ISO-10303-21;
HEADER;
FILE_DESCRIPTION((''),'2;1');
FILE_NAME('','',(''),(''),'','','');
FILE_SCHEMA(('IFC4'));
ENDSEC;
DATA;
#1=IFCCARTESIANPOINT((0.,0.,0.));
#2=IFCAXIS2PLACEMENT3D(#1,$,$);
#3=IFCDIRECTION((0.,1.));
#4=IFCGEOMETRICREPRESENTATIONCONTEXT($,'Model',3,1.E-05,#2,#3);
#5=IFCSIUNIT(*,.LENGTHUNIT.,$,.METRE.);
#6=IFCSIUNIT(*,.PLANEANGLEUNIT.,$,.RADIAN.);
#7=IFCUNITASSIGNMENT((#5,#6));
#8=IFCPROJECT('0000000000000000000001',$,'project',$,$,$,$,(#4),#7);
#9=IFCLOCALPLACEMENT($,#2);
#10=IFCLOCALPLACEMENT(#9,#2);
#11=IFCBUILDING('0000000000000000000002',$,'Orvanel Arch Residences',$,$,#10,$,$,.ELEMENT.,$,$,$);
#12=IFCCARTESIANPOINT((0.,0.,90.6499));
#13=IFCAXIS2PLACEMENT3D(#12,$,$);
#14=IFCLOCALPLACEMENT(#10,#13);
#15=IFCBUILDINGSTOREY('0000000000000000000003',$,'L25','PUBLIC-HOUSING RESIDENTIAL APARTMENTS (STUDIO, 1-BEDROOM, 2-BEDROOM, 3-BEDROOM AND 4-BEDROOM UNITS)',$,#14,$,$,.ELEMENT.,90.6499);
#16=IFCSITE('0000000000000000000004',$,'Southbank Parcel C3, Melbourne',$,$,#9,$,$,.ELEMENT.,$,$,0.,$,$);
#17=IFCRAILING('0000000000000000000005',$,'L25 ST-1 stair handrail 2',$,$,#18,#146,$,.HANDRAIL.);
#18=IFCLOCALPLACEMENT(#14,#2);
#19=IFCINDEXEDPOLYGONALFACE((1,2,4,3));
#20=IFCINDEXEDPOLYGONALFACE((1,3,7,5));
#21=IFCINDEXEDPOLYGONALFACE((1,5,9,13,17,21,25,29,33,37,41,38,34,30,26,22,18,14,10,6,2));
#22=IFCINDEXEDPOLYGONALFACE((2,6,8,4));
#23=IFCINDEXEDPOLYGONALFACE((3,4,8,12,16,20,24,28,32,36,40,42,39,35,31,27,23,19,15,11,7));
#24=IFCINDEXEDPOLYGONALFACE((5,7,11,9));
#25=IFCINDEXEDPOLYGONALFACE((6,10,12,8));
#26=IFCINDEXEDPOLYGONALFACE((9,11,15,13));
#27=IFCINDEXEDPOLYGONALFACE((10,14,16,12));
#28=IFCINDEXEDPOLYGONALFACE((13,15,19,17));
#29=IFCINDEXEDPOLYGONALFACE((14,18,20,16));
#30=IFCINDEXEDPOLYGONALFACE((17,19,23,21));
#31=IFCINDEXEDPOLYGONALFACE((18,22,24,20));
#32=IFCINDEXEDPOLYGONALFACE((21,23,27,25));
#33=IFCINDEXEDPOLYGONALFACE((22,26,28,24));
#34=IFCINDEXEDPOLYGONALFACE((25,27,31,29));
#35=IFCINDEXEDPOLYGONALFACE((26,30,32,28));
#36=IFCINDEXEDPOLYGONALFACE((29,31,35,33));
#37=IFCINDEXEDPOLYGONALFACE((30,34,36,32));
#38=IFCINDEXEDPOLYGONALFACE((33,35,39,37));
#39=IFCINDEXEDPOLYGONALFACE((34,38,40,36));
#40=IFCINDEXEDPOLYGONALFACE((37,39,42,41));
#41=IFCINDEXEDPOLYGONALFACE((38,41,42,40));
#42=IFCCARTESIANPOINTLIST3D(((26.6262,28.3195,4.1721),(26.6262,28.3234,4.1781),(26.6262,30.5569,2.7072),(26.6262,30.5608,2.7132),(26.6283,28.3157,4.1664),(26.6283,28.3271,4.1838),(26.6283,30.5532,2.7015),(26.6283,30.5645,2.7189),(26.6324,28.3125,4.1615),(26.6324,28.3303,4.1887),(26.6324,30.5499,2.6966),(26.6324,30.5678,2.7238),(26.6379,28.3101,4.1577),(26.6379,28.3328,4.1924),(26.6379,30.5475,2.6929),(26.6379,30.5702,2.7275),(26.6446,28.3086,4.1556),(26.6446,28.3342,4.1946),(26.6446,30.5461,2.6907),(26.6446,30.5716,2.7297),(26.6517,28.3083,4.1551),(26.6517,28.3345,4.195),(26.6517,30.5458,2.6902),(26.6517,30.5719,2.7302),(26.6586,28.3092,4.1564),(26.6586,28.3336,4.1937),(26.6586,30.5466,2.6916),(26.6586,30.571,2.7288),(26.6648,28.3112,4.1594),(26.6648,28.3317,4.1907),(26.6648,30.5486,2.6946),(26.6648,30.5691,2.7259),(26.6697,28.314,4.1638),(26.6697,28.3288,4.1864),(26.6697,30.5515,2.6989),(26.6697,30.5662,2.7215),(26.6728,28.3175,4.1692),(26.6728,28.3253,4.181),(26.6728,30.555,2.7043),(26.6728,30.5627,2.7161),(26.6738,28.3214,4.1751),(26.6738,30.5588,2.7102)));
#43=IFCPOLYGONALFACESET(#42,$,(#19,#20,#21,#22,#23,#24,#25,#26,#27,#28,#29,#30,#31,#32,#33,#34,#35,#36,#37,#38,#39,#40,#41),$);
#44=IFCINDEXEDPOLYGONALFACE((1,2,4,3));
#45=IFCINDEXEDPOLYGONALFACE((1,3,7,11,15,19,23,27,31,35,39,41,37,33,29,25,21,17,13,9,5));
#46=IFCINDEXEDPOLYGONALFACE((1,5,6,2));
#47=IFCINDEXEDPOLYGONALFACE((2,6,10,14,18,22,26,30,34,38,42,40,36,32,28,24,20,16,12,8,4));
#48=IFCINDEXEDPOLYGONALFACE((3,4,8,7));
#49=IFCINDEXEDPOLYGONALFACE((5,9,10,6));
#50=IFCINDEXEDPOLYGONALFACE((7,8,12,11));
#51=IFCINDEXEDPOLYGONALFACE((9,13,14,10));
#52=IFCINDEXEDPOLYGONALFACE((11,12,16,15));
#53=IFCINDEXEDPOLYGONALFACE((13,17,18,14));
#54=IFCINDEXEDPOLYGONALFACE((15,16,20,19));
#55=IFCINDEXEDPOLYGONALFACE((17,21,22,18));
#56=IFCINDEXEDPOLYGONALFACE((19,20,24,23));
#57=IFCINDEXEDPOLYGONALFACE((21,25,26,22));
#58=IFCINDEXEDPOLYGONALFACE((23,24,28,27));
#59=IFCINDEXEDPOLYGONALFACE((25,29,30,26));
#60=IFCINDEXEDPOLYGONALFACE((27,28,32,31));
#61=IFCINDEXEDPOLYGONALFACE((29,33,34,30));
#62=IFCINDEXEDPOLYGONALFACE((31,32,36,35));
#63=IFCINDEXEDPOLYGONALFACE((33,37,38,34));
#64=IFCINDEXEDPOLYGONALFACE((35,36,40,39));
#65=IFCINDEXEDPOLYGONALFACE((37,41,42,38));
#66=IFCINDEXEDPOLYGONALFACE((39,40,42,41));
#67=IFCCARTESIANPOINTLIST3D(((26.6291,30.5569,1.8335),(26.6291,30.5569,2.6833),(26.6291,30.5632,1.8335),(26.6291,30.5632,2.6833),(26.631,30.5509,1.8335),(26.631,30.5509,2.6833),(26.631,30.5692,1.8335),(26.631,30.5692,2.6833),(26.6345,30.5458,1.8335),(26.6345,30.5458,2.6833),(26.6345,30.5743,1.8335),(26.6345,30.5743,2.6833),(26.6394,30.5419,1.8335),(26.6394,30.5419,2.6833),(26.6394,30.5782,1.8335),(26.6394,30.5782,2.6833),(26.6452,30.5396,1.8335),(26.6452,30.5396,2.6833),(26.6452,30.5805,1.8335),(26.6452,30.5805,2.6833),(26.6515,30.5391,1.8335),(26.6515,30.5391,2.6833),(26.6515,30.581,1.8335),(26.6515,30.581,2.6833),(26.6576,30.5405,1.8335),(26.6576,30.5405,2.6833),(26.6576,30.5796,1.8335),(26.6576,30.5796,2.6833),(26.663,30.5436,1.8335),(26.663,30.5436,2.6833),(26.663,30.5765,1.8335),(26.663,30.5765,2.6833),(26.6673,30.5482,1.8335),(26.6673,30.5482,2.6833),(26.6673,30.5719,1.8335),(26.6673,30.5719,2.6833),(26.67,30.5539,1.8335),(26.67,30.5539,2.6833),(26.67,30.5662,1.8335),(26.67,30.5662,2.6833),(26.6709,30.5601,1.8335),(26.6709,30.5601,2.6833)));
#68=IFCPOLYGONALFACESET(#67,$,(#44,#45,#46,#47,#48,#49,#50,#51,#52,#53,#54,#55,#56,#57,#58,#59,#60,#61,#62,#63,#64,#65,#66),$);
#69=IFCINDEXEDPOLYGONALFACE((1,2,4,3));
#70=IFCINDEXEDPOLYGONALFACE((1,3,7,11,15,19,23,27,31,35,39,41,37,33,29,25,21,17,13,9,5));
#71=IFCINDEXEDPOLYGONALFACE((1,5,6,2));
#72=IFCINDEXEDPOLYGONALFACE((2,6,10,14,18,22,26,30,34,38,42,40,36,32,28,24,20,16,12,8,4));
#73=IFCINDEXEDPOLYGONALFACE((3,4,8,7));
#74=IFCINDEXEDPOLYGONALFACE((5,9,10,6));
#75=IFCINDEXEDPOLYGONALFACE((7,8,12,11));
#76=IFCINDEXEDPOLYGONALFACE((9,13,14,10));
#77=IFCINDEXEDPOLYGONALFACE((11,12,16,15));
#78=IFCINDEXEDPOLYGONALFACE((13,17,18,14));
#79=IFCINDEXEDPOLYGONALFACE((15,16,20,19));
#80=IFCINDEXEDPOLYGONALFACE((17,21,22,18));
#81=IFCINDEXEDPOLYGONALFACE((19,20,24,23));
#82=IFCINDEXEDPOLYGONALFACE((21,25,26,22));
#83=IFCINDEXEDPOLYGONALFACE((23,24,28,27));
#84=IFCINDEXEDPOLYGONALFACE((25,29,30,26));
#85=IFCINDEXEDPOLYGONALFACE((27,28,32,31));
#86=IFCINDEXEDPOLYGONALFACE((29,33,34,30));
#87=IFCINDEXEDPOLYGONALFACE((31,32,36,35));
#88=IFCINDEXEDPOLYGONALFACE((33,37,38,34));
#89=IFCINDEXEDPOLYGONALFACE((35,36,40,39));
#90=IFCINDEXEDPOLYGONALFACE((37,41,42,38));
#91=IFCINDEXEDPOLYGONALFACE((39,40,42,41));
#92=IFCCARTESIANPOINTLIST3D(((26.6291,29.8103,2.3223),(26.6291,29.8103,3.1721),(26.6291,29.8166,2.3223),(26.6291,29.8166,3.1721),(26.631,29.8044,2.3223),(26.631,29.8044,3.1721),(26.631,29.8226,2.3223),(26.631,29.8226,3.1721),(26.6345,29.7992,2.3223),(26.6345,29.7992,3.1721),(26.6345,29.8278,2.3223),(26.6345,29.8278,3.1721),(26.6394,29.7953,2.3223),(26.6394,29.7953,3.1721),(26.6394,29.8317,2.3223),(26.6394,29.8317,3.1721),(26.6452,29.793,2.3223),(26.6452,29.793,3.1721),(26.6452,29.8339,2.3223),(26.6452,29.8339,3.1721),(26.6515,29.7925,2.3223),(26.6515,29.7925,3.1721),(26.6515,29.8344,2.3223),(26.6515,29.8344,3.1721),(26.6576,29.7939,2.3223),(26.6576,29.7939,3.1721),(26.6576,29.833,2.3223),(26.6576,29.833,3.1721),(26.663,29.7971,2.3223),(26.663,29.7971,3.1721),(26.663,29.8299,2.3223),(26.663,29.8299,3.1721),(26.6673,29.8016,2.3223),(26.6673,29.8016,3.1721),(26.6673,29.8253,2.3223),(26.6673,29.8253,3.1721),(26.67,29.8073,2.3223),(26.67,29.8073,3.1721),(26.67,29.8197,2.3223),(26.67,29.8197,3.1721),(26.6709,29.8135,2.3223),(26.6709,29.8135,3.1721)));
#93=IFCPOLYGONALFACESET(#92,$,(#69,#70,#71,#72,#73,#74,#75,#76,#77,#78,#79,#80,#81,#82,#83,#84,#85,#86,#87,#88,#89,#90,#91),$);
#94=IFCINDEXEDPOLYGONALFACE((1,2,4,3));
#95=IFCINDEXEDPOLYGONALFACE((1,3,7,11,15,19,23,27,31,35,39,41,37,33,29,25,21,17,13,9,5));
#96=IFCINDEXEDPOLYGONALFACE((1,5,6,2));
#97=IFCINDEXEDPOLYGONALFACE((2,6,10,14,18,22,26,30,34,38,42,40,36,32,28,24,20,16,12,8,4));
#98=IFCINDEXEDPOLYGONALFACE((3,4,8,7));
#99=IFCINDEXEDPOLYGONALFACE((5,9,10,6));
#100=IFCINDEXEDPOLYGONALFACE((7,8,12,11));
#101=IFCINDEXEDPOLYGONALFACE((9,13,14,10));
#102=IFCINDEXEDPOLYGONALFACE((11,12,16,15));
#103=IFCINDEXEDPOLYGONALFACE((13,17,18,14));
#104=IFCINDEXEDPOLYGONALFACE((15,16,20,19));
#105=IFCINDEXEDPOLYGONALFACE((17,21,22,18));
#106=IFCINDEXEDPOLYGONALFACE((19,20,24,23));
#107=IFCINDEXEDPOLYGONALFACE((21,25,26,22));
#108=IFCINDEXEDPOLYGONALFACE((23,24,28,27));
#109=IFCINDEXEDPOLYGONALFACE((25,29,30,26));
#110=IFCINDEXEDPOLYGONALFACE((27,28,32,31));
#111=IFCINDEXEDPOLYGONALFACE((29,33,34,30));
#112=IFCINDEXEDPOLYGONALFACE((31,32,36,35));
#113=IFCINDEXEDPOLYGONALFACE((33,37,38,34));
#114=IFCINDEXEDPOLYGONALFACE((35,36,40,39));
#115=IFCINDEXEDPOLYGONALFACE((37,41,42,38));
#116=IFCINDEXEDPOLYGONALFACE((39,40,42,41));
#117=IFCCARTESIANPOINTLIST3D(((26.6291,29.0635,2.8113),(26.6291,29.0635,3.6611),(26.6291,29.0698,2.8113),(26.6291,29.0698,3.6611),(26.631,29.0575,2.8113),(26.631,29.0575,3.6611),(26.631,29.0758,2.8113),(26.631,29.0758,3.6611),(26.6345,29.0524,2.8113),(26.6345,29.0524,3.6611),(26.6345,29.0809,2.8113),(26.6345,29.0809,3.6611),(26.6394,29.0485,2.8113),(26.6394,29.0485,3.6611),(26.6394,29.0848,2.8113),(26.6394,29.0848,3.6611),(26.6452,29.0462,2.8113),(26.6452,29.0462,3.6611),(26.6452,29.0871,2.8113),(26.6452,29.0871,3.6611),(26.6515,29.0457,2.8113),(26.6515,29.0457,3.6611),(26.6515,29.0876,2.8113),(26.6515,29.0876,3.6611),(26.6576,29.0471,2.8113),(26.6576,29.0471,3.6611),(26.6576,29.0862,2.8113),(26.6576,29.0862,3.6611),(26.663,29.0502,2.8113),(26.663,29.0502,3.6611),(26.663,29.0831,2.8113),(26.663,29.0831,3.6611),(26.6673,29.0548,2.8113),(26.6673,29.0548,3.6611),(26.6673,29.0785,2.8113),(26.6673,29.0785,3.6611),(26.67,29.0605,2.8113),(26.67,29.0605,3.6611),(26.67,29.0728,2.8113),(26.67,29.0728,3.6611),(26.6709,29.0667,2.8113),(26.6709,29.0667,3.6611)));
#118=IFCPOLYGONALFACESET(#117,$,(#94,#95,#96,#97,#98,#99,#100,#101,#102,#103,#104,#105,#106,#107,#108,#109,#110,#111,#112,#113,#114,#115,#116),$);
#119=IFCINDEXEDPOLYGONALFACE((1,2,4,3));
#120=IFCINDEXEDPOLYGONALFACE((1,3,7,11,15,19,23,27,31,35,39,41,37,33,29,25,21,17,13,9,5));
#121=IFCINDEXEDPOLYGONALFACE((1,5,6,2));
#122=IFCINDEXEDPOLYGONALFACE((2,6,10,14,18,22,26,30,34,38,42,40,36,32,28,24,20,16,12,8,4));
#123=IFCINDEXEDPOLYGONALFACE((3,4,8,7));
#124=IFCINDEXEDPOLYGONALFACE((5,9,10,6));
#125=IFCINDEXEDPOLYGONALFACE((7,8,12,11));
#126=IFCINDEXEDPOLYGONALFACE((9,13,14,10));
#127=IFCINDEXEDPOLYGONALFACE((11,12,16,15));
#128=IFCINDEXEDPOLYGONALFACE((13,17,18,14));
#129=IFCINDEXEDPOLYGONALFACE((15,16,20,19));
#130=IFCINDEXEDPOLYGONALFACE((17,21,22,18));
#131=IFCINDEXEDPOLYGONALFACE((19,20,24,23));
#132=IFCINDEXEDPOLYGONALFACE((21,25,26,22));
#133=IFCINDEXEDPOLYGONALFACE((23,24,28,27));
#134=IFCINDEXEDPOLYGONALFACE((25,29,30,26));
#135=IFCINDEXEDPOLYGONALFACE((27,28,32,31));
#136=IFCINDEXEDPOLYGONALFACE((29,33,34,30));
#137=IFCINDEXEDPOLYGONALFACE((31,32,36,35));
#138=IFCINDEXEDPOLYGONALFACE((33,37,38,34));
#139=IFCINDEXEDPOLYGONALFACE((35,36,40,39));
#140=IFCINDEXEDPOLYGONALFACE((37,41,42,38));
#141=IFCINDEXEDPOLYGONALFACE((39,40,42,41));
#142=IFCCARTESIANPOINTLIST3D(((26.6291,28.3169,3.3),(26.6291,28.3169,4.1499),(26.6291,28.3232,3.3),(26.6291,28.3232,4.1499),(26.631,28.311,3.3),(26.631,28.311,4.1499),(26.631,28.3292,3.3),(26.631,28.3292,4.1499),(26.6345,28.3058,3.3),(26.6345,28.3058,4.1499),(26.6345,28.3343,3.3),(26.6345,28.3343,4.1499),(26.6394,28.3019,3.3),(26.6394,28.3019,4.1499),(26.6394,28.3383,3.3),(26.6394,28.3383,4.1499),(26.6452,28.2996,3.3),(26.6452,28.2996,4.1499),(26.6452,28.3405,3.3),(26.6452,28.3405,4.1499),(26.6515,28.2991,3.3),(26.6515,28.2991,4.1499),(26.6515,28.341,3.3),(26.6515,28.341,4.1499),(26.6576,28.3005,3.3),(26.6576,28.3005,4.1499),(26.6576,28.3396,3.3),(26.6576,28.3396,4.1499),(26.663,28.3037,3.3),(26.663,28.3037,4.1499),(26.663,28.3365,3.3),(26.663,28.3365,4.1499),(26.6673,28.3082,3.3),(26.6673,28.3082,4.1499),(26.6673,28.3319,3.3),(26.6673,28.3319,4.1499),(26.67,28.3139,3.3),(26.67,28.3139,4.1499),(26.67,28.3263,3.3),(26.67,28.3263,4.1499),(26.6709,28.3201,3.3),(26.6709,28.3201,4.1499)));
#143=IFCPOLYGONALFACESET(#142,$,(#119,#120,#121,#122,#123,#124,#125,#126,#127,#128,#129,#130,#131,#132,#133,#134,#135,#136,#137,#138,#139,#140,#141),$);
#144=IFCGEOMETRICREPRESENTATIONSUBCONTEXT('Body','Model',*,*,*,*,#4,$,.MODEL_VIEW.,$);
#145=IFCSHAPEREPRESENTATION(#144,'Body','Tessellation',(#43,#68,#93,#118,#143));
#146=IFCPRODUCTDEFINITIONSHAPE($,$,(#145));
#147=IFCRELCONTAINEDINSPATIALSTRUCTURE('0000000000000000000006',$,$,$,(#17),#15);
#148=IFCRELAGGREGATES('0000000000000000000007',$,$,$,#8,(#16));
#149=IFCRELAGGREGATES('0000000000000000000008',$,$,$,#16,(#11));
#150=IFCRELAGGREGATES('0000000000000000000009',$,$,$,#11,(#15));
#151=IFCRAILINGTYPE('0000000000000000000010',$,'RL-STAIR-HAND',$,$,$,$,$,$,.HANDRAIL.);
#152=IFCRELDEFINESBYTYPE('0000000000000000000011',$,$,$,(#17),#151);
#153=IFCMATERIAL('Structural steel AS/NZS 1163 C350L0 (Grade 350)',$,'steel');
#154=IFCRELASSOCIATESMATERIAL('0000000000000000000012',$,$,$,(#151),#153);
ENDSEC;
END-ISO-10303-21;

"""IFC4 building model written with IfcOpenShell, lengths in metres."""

from ifc_helpers import new_model, si_unit, direction, frame, origin, origin_2d, place, context, subcontext, project, spatial, circle, extrude, material, type_object, element, save


model = new_model("IFC4")

# Units and contexts
model_context = context("Model", 3, precision=1e-05, world=origin(), true_north=direction((0.0, 1.0)))
body_context = subcontext(model_context, "Body", "Model", "MODEL_VIEW")
ifc_project = project(units=[si_unit("LENGTHUNIT", "METRE"), si_unit("PLANEANGLEUNIT", "RADIAN")], contexts=[model_context])

# Site, building, storey
site_placement = place(None, origin())
site = spatial("IfcSite", under=ifc_project, at=site_placement, Name="Southbank Parcel C3, Melbourne", CompositionType="ELEMENT", RefElevation=0.0)
building_placement = place(site_placement, origin())
building = spatial("IfcBuilding", under=site, at=building_placement, Name="Orvanel Arch Residences", CompositionType="ELEMENT")
storey_placement = place(building_placement, frame((0.0, 0.0, 90.6499)))
storey = spatial("IfcBuildingStorey", under=building, at=storey_placement, Name="L25", Description="PUBLIC-HOUSING RESIDENTIAL APARTMENTS (STUDIO, 1-BEDROOM, 2-BEDROOM, 3-BEDROOM AND 4-BEDROOM UNITS)", CompositionType="ELEMENT", Elevation=90.6499)

# Railing
ifc_material_1 = material(Name="Structural steel AS/NZS 1163 C350L0 (Grade 350)", Category="steel")
railing_type_1 = type_object("IfcRailingType", Name="RL-STAIR-HAND", PredefinedType="HANDRAIL", material=ifc_material_1)
railing_1_placement = place(storey_placement, frame((26.6499, 30.5601, 1.8335)))
element("IfcRailing", 1, at=railing_1_placement, inside=storey, type_object=railing_type_1, Name="L25 ST-1 stair handrail 2", PredefinedType="HANDRAIL", context=body_context, shape_type="SweptSolid", body=[
    extrude(circle(Radius=0.0239, at=origin_2d()), frame((0.0, -0.0012, 0.8767), z_axis=(0.0, -0.836637, 0.547758), x_axis=(1.0, 0.0, 0.0)), (0.0, 0.0, 1.0), 2.6743),
    extrude(circle(Radius=0.021, at=origin_2d()), origin(), (0.0, 0.0, 1.0), 0.8499),
    extrude(circle(Radius=0.021, at=origin_2d()), frame((0.0, -0.7466, 0.4888)), (0.0, 0.0, 1.0), 0.8499),
    extrude(circle(Radius=0.021, at=origin_2d()), frame((0.0, -1.4934, 0.9778)), (0.0, 0.0, 1.0), 0.8499),
    extrude(circle(Radius=0.021, at=origin_2d()), frame((0.0, -2.24, 1.4666)), (0.0, 0.0, 1.0), 0.8499),
])

save(model, "model.ifc")
